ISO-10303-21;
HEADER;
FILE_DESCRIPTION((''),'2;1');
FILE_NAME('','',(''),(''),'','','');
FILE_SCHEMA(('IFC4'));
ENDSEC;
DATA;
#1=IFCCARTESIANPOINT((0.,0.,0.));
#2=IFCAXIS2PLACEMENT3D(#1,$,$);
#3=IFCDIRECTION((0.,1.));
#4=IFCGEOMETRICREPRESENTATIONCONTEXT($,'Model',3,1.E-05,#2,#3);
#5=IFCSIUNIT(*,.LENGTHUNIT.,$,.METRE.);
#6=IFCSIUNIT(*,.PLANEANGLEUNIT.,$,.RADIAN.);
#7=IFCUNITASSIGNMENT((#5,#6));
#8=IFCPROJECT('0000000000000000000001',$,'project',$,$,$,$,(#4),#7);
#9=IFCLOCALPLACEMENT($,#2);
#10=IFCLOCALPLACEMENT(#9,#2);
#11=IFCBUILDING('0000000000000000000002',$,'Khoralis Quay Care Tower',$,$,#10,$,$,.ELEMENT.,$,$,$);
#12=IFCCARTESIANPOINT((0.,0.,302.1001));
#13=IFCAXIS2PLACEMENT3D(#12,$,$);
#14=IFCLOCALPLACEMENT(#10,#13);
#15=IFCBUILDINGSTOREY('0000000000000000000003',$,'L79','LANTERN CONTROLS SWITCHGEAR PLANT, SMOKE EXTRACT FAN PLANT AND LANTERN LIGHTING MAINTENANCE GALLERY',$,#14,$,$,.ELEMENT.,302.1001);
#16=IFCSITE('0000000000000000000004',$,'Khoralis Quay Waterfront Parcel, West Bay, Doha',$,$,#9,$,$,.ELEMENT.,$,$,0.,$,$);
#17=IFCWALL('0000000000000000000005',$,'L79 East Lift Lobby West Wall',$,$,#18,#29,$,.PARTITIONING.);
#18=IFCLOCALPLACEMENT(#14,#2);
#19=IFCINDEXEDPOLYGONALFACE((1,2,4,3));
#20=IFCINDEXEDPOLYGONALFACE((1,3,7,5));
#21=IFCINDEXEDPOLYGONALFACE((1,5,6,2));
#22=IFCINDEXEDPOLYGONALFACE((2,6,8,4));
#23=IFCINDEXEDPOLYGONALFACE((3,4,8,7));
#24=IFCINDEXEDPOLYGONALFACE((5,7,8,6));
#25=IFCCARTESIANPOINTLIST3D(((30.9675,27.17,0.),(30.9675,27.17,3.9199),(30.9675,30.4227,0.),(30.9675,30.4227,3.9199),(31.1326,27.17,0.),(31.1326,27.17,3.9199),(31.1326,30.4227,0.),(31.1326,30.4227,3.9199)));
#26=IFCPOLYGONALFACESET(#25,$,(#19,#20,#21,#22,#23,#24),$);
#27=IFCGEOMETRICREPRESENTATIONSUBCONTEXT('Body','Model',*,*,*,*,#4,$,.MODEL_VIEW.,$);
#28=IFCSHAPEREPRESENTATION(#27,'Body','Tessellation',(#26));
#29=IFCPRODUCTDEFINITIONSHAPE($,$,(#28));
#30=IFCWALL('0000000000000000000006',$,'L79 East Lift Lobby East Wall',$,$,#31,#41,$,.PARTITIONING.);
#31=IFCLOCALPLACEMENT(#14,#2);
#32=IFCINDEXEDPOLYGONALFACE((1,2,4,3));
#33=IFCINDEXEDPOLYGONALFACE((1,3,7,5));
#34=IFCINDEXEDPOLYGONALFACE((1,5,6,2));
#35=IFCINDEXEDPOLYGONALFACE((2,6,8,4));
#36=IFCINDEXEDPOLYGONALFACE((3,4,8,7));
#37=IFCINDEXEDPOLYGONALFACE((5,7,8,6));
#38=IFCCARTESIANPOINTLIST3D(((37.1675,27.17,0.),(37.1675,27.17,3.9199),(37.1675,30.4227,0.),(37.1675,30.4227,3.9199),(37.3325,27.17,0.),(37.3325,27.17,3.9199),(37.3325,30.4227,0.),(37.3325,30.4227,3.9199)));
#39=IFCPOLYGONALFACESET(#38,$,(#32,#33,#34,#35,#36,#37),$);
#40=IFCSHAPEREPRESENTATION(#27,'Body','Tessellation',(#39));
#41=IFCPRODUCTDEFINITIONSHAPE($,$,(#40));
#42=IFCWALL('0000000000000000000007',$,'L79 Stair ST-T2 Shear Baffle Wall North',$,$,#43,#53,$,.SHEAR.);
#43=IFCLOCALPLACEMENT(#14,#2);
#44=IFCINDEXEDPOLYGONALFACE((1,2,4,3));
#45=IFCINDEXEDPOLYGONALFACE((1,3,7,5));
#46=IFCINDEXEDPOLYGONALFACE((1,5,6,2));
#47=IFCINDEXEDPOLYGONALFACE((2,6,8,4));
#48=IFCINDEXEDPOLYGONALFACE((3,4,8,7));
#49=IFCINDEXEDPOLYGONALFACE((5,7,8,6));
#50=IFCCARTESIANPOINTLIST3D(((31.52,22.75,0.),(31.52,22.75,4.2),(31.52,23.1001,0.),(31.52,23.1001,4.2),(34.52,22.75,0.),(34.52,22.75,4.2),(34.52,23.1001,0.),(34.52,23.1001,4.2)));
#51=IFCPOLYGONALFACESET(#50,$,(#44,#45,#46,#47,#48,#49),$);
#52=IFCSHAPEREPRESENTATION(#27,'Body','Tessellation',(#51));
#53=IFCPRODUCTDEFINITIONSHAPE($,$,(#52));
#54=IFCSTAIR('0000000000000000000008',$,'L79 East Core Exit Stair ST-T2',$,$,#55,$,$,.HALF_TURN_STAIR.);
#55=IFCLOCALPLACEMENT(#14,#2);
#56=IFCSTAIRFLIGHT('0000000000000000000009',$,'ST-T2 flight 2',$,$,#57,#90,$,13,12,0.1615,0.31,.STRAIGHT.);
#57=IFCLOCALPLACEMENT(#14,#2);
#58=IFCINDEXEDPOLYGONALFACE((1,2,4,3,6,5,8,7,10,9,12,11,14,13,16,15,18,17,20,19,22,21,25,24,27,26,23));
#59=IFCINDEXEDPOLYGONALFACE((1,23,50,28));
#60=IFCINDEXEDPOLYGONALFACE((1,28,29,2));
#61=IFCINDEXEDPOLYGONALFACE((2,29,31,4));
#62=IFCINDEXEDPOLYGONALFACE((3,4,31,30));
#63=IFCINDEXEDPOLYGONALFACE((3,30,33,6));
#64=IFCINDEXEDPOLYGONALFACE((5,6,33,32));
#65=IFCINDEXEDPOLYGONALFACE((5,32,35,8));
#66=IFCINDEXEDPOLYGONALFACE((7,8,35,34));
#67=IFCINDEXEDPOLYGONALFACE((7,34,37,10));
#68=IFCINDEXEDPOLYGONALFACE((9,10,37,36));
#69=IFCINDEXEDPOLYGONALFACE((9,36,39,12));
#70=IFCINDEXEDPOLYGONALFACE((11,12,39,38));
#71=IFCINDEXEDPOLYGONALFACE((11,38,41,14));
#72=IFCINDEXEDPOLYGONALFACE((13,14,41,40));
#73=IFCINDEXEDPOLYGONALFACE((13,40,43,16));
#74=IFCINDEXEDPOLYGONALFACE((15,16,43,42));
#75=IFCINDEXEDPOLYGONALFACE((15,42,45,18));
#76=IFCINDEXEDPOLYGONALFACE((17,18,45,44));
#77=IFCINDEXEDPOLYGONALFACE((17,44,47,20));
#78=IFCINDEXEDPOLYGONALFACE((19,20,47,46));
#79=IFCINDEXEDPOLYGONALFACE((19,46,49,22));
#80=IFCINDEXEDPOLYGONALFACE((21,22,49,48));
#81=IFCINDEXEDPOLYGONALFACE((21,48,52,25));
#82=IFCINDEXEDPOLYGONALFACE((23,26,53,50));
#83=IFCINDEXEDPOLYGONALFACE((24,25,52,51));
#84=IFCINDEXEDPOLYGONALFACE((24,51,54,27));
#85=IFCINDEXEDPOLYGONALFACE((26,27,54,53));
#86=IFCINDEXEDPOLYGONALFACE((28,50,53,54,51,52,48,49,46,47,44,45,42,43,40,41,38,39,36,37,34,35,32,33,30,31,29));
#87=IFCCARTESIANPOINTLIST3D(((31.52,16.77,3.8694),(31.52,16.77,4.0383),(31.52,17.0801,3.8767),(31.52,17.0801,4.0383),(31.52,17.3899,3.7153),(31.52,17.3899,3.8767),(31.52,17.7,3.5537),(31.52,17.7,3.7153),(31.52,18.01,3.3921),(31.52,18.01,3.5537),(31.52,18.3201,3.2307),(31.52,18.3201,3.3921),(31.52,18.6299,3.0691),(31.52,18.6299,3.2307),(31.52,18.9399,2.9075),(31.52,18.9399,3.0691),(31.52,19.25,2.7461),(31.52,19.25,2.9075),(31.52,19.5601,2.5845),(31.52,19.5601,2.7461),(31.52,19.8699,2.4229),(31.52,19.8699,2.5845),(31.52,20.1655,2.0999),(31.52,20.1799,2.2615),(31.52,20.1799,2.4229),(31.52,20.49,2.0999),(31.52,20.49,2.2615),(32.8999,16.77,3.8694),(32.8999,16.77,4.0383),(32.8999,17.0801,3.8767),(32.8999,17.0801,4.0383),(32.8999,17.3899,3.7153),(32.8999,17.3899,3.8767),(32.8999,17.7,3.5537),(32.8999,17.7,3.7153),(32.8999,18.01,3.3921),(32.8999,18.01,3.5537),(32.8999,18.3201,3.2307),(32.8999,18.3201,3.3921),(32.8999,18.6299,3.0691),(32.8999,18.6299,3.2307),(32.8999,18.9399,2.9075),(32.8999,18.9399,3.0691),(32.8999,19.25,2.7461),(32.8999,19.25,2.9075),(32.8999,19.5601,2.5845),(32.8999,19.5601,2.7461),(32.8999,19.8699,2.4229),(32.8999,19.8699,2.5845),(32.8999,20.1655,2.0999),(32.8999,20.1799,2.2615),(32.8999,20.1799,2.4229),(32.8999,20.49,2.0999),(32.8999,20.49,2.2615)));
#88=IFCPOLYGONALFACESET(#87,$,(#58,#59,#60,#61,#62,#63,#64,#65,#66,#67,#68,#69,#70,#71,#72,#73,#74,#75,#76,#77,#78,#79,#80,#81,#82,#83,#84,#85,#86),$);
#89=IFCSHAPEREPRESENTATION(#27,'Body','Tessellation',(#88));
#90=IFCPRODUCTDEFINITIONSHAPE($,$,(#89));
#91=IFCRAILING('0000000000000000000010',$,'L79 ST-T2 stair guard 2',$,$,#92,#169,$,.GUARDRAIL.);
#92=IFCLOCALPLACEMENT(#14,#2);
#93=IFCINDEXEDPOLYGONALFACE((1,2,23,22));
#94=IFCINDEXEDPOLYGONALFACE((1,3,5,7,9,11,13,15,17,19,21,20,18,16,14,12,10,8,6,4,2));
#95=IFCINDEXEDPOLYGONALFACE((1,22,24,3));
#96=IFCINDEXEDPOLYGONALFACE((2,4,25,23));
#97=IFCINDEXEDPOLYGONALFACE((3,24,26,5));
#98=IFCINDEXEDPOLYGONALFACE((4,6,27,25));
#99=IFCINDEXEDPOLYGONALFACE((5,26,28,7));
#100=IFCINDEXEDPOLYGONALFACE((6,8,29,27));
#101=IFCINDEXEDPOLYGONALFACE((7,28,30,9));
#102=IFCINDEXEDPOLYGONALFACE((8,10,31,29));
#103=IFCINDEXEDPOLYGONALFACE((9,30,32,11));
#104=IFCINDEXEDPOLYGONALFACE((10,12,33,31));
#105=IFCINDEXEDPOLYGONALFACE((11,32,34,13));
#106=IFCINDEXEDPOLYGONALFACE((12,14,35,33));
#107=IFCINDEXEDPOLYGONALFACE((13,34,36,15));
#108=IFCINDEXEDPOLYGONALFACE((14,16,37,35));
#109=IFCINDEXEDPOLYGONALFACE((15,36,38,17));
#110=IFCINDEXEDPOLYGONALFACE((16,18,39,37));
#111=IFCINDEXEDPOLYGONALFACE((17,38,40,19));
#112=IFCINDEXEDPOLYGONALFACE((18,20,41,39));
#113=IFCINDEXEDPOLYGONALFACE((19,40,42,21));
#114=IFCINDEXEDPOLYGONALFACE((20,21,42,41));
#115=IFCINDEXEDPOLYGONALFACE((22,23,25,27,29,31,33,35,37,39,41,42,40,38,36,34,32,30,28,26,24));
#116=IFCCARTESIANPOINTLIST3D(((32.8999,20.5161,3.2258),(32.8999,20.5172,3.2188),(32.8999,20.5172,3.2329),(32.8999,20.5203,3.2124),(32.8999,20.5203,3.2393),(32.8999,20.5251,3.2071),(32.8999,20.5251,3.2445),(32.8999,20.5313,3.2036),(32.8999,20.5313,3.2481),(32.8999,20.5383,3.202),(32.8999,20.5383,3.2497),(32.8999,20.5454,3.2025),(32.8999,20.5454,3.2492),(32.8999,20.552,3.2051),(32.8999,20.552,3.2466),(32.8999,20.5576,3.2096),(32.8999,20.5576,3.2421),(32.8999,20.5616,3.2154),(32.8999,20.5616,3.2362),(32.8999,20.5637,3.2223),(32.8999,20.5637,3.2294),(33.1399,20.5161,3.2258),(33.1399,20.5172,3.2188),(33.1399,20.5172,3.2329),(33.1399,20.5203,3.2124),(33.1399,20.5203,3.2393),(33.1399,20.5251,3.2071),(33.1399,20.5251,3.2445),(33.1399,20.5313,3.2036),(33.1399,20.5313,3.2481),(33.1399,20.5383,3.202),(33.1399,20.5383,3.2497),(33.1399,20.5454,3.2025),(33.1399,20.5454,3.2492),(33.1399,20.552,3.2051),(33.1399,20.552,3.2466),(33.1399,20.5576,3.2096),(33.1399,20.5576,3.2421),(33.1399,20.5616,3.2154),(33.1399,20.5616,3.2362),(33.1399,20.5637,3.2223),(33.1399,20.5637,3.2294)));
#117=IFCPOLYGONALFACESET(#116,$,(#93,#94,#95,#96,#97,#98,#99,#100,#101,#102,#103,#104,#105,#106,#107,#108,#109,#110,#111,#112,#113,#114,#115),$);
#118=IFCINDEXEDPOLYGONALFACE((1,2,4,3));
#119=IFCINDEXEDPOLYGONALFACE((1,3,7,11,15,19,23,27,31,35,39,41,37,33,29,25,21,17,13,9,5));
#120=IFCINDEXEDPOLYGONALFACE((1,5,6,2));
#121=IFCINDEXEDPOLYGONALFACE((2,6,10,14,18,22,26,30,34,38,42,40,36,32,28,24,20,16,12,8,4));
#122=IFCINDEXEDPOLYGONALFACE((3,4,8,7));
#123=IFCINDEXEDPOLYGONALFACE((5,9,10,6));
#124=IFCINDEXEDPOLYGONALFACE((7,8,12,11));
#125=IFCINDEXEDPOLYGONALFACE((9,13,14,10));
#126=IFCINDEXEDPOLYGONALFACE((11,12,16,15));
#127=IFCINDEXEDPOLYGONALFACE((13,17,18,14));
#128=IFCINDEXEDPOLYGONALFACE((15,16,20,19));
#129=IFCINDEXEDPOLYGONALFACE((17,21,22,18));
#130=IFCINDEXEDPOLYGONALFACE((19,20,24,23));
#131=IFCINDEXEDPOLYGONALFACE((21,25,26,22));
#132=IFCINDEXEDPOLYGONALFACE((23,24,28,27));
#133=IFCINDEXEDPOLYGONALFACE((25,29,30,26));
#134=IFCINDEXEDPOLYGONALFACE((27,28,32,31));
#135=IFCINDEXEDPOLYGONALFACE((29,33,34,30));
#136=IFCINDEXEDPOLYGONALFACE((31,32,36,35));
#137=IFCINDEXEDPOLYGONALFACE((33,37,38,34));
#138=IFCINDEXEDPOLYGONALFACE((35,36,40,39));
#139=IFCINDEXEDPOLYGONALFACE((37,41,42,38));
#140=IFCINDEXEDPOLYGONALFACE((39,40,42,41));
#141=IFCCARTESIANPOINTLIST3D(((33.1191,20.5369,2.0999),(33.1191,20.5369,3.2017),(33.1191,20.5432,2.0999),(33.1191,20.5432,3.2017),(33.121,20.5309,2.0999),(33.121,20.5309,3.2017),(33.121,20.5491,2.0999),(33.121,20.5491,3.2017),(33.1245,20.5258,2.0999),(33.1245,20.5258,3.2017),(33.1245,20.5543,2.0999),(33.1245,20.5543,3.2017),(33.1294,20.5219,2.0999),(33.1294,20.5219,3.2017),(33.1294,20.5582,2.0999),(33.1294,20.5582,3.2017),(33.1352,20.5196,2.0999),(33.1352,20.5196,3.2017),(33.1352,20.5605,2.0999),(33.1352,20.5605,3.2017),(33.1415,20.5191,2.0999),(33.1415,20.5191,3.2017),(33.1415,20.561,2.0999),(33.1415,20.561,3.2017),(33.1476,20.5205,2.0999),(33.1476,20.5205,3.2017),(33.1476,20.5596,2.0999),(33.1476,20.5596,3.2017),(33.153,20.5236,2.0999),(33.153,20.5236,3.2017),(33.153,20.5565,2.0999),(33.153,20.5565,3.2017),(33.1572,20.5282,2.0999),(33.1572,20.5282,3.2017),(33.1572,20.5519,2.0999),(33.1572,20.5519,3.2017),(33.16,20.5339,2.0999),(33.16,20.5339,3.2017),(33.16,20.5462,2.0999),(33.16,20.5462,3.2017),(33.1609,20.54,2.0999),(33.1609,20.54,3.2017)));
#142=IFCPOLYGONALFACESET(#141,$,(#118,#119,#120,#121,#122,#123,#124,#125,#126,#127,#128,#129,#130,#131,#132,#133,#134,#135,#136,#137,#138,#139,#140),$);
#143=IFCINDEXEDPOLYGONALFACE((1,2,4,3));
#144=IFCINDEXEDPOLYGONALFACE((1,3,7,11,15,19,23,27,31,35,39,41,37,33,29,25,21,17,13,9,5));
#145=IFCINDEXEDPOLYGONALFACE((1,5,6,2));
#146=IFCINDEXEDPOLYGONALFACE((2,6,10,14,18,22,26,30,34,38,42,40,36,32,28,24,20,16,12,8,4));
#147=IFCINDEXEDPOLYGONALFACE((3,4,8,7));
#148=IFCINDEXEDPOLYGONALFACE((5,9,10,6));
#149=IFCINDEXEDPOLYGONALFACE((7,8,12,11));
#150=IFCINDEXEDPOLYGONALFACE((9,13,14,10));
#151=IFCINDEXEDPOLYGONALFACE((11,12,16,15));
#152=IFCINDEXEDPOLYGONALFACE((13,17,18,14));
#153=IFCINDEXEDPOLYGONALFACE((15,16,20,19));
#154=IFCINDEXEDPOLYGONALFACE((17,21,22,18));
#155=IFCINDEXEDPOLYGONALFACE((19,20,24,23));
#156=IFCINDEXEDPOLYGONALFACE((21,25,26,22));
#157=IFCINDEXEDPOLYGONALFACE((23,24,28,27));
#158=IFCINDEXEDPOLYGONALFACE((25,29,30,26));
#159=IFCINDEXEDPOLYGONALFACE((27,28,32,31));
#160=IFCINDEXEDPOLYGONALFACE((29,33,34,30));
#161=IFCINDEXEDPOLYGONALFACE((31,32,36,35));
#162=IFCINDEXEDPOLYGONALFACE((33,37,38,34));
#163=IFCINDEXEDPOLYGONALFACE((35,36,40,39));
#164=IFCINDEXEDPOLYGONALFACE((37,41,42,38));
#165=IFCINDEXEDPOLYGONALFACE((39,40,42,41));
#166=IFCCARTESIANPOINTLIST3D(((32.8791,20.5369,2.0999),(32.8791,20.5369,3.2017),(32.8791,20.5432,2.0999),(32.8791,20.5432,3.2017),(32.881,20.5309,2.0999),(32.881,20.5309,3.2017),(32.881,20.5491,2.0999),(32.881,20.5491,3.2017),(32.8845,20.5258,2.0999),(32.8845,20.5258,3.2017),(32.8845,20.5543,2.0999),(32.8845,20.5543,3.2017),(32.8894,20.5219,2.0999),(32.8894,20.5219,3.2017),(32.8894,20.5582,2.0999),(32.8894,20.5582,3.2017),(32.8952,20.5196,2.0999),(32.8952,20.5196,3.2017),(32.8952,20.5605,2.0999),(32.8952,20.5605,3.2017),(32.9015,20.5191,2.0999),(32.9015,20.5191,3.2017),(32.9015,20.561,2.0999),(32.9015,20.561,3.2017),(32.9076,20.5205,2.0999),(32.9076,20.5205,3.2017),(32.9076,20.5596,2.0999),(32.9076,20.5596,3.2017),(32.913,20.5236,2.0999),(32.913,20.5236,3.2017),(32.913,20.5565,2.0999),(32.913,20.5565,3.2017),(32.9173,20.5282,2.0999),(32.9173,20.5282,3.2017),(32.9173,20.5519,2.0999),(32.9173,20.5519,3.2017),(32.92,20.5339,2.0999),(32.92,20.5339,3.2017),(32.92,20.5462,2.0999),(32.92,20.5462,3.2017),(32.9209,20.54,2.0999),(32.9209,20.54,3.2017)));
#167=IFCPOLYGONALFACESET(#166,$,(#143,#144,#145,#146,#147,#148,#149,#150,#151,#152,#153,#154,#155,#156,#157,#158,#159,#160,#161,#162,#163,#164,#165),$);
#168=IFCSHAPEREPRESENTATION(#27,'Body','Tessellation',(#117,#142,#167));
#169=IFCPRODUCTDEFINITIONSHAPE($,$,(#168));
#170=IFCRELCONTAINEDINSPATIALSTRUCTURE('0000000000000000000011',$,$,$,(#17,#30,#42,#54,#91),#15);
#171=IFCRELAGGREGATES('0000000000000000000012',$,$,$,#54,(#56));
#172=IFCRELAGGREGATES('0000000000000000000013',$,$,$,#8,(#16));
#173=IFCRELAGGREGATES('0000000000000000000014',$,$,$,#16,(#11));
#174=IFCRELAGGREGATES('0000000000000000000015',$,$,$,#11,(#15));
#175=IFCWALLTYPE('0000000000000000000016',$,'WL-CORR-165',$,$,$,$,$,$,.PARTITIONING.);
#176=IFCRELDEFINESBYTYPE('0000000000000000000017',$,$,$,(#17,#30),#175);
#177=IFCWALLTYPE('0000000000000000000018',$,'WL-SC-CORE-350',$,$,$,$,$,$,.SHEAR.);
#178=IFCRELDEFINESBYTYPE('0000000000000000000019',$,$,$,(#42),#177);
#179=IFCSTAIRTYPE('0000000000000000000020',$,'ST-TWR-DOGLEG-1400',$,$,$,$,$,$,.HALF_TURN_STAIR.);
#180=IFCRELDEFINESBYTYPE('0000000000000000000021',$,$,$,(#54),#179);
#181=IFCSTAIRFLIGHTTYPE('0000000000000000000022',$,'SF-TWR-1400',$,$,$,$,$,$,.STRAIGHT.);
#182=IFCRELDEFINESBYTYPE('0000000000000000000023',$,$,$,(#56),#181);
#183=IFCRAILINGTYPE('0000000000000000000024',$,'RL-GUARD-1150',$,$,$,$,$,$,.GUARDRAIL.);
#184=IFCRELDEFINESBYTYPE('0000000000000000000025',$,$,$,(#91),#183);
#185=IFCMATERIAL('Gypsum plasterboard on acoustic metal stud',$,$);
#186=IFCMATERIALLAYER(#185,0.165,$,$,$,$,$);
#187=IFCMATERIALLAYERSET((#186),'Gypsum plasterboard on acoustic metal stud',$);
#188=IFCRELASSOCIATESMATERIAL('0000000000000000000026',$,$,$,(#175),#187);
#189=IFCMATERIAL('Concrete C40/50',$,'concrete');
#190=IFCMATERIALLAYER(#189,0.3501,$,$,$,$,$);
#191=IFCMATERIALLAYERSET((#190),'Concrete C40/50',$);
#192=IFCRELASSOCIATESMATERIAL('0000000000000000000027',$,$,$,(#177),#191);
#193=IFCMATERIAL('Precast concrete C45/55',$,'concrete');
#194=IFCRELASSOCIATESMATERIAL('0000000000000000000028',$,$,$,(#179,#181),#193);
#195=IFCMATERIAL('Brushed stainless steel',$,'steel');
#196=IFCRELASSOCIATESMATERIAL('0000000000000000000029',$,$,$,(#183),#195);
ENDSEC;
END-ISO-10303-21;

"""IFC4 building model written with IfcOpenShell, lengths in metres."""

from ifc_helpers import new_model, si_unit, direction, frame, frame_2d, origin, origin_2d, place, context, subcontext, project, spatial, polyline, rectangle, circle, outline, extrude, source, transform, mapped, material, layer, layer_set, type_object, element, aggregate, save


model = new_model("IFC4")

# Units and contexts
model_context = context("Model", 3, precision=1e-05, world=origin(), true_north=direction((0.0, 1.0)))
body_context = subcontext(model_context, "Body", "Model", "MODEL_VIEW")
ifc_project = project(units=[si_unit("LENGTHUNIT", "METRE"), si_unit("PLANEANGLEUNIT", "RADIAN")], contexts=[model_context])

# Site, building, storey
site_placement = place(None, origin())
site = spatial("IfcSite", under=ifc_project, at=site_placement, Name="Khoralis Quay Waterfront Parcel, West Bay, Doha", CompositionType="ELEMENT", RefElevation=0.0)
building_placement = place(site_placement, origin())
building = spatial("IfcBuilding", under=site, at=building_placement, Name="Khoralis Quay Care Tower", CompositionType="ELEMENT")
storey_placement = place(building_placement, frame((0.0, 0.0, 302.1001)))
storey = spatial("IfcBuildingStorey", under=building, at=storey_placement, Name="L79", Description="LANTERN CONTROLS SWITCHGEAR PLANT, SMOKE EXTRACT FAN PLANT AND LANTERN LIGHTING MAINTENANCE GALLERY", CompositionType="ELEMENT", Elevation=302.1001)

# Shared definitions
ifc_material_1 = material(Name="Gypsum plasterboard on acoustic metal stud")

# Shared definitions
ifc_layer_1 = layer(ifc_material_1, 0.165)
ifc_layer_set_1 = layer_set([ifc_layer_1], Name="Gypsum plasterboard on acoustic metal stud")
wall_type_1 = type_object("IfcWallType", Name="WL-CORR-165", PredefinedType="PARTITIONING", material=ifc_layer_set_1)

# Walls
for number, where, z_axis, x_axis, name in (
    (1, (31.05, 27.1699, 0.0), (0.0, 0.0, 1.0), (0.0, 1.0, 0.0), "L79 East Lift Lobby West Wall"),
    (2, (37.25, 27.1699, 0.0), (0.0, 0.0, 1.0), (0.0, 1.0, 0.0), "L79 East Lift Lobby East Wall"),
):
    element("IfcWall", number, at=place(storey_placement, frame(where, z_axis=z_axis, x_axis=x_axis)), inside=storey, type_object=wall_type_1, Name=name, PredefinedType="PARTITIONING", context=body_context, shape_type="SweptSolid", body=[
        extrude(rectangle(XDim=3.2527, YDim=0.165, at=frame_2d((1.6265, 0.0))), origin(), (0.0, 0.0, 1.0), 3.9199),
    ])
ifc_material_2 = material(Name="Concrete C40/50", Category="concrete")
ifc_layer_2 = layer(ifc_material_2, 0.3501)
ifc_layer_set_2 = layer_set([ifc_layer_2], Name="Concrete C40/50")
wall_type_2 = type_object("IfcWallType", Name="WL-SC-CORE-350", PredefinedType="SHEAR", material=ifc_layer_set_2)
wall_1_placement = place(storey_placement, frame((31.52, 22.925, 0.0), z_axis=(0.0, 0.0, 1.0), x_axis=(1.0, 0.0, 0.0)))
element("IfcWall", 3, at=wall_1_placement, inside=storey, type_object=wall_type_2, Name="L79 Stair ST-T2 Shear Baffle Wall North", PredefinedType="SHEAR", context=body_context, shape_type="SweptSolid", body=[
    extrude(rectangle(XDim=3.0, YDim=0.3501, at=frame_2d((1.5, 0.0))), origin(), (0.0, 0.0, 1.0), 4.2),
])

# Stair, stair flight
ifc_material_3 = material(Name="Precast concrete C45/55", Category="concrete")
stair_type = type_object("IfcStairType", Name="ST-TWR-DOGLEG-1400", PredefinedType="HALF_TURN_STAIR", material=ifc_material_3)
stair_placement = place(storey_placement, origin())
stair = element("IfcStair", 4, at=stair_placement, inside=storey, type_object=stair_type, Name="L79 East Core Exit Stair ST-T2", PredefinedType="HALF_TURN_STAIR")
stair_flight_type = type_object("IfcStairFlightType", Name="SF-TWR-1400", PredefinedType="STRAIGHT", material=ifc_material_3)
shared_shape_1 = source(origin(), body_context, "Body", "SweptSolid", [
    extrude(outline(polyline([(0.0, 0.0), (0.0, 0.1616), (0.3101, 0.1616), (0.3101, 0.323), (0.6201, 0.323), (0.6201, 0.4846), (0.9299, 0.4846), (0.9299, 0.6462), (1.24, 0.6462), (1.24, 0.8076), (1.55, 0.8076), (1.55, 0.9692), (1.8601, 0.9692), (1.8601, 1.1309), (2.1699, 1.1309), (2.1699, 1.2922), (2.48, 1.2922), (2.48, 1.4539), (2.79, 1.4539), (2.79, 1.6155), (3.1001, 1.6155), (3.1001, 1.7769), (3.4099, 1.7769), (3.4099, 1.9385), (3.72, 1.9385), (3.72, 2.1001), (3.72, 1.7695), (0.3245, 0.0), (0.0, 0.0)])), frame((0.0, 0.6899, 0.0), z_axis=(0.0, -1.0, 0.0), x_axis=(1.0, 0.0, 0.0)), (0.0, 0.0, 1.0), 1.3799),
])
stair_flight_placement = place(storey_placement, frame((32.21, 20.49, 2.0999), z_axis=(0.0, 0.0, 1.0), x_axis=(0.0, -1.0, 0.0)))
stair_flight = element("IfcStairFlight", 5, at=stair_flight_placement, type_object=stair_flight_type, Name="ST-T2 flight 2", NumberOfRisers=13, NumberOfTreads=12, PredefinedType="STRAIGHT", RiserHeight=0.1615, TreadLength=0.31, context=body_context, shape_type="MappedRepresentation", body=[
    mapped(shared_shape_1, transform((0.0, 0.0, 0.0), scale=1.0)),
])
aggregate(stair, [stair_flight])

# Railing
ifc_material_4 = material(Name="Brushed stainless steel", Category="steel")
railing_type_1 = type_object("IfcRailingType", Name="RL-GUARD-1150", PredefinedType="GUARDRAIL", material=ifc_material_4)
railing_1_placement = place(storey_placement, frame((33.1399, 20.54, 2.0999)))
element("IfcRailing", 6, at=railing_1_placement, inside=storey, type_object=railing_type_1, Name="L79 ST-T2 stair guard 2", PredefinedType="GUARDRAIL", context=body_context, shape_type="SweptSolid", body=[
    extrude(circle(Radius=0.0239, at=origin_2d()), frame((0.0, 0.0, 1.126), z_axis=(-1.0, 0.0, 0.0), x_axis=(0.0, -1.0, 0.0)), (0.0, 0.0, 1.0), 0.24),
    extrude(circle(Radius=0.021, at=origin_2d()), origin(), (0.0, 0.0, 1.0), 1.1018),
    extrude(circle(Radius=0.021, at=origin_2d()), frame((-0.24, 0.0, 0.0)), (0.0, 0.0, 1.0), 1.1018),
])

save(model, "model.ifc")
